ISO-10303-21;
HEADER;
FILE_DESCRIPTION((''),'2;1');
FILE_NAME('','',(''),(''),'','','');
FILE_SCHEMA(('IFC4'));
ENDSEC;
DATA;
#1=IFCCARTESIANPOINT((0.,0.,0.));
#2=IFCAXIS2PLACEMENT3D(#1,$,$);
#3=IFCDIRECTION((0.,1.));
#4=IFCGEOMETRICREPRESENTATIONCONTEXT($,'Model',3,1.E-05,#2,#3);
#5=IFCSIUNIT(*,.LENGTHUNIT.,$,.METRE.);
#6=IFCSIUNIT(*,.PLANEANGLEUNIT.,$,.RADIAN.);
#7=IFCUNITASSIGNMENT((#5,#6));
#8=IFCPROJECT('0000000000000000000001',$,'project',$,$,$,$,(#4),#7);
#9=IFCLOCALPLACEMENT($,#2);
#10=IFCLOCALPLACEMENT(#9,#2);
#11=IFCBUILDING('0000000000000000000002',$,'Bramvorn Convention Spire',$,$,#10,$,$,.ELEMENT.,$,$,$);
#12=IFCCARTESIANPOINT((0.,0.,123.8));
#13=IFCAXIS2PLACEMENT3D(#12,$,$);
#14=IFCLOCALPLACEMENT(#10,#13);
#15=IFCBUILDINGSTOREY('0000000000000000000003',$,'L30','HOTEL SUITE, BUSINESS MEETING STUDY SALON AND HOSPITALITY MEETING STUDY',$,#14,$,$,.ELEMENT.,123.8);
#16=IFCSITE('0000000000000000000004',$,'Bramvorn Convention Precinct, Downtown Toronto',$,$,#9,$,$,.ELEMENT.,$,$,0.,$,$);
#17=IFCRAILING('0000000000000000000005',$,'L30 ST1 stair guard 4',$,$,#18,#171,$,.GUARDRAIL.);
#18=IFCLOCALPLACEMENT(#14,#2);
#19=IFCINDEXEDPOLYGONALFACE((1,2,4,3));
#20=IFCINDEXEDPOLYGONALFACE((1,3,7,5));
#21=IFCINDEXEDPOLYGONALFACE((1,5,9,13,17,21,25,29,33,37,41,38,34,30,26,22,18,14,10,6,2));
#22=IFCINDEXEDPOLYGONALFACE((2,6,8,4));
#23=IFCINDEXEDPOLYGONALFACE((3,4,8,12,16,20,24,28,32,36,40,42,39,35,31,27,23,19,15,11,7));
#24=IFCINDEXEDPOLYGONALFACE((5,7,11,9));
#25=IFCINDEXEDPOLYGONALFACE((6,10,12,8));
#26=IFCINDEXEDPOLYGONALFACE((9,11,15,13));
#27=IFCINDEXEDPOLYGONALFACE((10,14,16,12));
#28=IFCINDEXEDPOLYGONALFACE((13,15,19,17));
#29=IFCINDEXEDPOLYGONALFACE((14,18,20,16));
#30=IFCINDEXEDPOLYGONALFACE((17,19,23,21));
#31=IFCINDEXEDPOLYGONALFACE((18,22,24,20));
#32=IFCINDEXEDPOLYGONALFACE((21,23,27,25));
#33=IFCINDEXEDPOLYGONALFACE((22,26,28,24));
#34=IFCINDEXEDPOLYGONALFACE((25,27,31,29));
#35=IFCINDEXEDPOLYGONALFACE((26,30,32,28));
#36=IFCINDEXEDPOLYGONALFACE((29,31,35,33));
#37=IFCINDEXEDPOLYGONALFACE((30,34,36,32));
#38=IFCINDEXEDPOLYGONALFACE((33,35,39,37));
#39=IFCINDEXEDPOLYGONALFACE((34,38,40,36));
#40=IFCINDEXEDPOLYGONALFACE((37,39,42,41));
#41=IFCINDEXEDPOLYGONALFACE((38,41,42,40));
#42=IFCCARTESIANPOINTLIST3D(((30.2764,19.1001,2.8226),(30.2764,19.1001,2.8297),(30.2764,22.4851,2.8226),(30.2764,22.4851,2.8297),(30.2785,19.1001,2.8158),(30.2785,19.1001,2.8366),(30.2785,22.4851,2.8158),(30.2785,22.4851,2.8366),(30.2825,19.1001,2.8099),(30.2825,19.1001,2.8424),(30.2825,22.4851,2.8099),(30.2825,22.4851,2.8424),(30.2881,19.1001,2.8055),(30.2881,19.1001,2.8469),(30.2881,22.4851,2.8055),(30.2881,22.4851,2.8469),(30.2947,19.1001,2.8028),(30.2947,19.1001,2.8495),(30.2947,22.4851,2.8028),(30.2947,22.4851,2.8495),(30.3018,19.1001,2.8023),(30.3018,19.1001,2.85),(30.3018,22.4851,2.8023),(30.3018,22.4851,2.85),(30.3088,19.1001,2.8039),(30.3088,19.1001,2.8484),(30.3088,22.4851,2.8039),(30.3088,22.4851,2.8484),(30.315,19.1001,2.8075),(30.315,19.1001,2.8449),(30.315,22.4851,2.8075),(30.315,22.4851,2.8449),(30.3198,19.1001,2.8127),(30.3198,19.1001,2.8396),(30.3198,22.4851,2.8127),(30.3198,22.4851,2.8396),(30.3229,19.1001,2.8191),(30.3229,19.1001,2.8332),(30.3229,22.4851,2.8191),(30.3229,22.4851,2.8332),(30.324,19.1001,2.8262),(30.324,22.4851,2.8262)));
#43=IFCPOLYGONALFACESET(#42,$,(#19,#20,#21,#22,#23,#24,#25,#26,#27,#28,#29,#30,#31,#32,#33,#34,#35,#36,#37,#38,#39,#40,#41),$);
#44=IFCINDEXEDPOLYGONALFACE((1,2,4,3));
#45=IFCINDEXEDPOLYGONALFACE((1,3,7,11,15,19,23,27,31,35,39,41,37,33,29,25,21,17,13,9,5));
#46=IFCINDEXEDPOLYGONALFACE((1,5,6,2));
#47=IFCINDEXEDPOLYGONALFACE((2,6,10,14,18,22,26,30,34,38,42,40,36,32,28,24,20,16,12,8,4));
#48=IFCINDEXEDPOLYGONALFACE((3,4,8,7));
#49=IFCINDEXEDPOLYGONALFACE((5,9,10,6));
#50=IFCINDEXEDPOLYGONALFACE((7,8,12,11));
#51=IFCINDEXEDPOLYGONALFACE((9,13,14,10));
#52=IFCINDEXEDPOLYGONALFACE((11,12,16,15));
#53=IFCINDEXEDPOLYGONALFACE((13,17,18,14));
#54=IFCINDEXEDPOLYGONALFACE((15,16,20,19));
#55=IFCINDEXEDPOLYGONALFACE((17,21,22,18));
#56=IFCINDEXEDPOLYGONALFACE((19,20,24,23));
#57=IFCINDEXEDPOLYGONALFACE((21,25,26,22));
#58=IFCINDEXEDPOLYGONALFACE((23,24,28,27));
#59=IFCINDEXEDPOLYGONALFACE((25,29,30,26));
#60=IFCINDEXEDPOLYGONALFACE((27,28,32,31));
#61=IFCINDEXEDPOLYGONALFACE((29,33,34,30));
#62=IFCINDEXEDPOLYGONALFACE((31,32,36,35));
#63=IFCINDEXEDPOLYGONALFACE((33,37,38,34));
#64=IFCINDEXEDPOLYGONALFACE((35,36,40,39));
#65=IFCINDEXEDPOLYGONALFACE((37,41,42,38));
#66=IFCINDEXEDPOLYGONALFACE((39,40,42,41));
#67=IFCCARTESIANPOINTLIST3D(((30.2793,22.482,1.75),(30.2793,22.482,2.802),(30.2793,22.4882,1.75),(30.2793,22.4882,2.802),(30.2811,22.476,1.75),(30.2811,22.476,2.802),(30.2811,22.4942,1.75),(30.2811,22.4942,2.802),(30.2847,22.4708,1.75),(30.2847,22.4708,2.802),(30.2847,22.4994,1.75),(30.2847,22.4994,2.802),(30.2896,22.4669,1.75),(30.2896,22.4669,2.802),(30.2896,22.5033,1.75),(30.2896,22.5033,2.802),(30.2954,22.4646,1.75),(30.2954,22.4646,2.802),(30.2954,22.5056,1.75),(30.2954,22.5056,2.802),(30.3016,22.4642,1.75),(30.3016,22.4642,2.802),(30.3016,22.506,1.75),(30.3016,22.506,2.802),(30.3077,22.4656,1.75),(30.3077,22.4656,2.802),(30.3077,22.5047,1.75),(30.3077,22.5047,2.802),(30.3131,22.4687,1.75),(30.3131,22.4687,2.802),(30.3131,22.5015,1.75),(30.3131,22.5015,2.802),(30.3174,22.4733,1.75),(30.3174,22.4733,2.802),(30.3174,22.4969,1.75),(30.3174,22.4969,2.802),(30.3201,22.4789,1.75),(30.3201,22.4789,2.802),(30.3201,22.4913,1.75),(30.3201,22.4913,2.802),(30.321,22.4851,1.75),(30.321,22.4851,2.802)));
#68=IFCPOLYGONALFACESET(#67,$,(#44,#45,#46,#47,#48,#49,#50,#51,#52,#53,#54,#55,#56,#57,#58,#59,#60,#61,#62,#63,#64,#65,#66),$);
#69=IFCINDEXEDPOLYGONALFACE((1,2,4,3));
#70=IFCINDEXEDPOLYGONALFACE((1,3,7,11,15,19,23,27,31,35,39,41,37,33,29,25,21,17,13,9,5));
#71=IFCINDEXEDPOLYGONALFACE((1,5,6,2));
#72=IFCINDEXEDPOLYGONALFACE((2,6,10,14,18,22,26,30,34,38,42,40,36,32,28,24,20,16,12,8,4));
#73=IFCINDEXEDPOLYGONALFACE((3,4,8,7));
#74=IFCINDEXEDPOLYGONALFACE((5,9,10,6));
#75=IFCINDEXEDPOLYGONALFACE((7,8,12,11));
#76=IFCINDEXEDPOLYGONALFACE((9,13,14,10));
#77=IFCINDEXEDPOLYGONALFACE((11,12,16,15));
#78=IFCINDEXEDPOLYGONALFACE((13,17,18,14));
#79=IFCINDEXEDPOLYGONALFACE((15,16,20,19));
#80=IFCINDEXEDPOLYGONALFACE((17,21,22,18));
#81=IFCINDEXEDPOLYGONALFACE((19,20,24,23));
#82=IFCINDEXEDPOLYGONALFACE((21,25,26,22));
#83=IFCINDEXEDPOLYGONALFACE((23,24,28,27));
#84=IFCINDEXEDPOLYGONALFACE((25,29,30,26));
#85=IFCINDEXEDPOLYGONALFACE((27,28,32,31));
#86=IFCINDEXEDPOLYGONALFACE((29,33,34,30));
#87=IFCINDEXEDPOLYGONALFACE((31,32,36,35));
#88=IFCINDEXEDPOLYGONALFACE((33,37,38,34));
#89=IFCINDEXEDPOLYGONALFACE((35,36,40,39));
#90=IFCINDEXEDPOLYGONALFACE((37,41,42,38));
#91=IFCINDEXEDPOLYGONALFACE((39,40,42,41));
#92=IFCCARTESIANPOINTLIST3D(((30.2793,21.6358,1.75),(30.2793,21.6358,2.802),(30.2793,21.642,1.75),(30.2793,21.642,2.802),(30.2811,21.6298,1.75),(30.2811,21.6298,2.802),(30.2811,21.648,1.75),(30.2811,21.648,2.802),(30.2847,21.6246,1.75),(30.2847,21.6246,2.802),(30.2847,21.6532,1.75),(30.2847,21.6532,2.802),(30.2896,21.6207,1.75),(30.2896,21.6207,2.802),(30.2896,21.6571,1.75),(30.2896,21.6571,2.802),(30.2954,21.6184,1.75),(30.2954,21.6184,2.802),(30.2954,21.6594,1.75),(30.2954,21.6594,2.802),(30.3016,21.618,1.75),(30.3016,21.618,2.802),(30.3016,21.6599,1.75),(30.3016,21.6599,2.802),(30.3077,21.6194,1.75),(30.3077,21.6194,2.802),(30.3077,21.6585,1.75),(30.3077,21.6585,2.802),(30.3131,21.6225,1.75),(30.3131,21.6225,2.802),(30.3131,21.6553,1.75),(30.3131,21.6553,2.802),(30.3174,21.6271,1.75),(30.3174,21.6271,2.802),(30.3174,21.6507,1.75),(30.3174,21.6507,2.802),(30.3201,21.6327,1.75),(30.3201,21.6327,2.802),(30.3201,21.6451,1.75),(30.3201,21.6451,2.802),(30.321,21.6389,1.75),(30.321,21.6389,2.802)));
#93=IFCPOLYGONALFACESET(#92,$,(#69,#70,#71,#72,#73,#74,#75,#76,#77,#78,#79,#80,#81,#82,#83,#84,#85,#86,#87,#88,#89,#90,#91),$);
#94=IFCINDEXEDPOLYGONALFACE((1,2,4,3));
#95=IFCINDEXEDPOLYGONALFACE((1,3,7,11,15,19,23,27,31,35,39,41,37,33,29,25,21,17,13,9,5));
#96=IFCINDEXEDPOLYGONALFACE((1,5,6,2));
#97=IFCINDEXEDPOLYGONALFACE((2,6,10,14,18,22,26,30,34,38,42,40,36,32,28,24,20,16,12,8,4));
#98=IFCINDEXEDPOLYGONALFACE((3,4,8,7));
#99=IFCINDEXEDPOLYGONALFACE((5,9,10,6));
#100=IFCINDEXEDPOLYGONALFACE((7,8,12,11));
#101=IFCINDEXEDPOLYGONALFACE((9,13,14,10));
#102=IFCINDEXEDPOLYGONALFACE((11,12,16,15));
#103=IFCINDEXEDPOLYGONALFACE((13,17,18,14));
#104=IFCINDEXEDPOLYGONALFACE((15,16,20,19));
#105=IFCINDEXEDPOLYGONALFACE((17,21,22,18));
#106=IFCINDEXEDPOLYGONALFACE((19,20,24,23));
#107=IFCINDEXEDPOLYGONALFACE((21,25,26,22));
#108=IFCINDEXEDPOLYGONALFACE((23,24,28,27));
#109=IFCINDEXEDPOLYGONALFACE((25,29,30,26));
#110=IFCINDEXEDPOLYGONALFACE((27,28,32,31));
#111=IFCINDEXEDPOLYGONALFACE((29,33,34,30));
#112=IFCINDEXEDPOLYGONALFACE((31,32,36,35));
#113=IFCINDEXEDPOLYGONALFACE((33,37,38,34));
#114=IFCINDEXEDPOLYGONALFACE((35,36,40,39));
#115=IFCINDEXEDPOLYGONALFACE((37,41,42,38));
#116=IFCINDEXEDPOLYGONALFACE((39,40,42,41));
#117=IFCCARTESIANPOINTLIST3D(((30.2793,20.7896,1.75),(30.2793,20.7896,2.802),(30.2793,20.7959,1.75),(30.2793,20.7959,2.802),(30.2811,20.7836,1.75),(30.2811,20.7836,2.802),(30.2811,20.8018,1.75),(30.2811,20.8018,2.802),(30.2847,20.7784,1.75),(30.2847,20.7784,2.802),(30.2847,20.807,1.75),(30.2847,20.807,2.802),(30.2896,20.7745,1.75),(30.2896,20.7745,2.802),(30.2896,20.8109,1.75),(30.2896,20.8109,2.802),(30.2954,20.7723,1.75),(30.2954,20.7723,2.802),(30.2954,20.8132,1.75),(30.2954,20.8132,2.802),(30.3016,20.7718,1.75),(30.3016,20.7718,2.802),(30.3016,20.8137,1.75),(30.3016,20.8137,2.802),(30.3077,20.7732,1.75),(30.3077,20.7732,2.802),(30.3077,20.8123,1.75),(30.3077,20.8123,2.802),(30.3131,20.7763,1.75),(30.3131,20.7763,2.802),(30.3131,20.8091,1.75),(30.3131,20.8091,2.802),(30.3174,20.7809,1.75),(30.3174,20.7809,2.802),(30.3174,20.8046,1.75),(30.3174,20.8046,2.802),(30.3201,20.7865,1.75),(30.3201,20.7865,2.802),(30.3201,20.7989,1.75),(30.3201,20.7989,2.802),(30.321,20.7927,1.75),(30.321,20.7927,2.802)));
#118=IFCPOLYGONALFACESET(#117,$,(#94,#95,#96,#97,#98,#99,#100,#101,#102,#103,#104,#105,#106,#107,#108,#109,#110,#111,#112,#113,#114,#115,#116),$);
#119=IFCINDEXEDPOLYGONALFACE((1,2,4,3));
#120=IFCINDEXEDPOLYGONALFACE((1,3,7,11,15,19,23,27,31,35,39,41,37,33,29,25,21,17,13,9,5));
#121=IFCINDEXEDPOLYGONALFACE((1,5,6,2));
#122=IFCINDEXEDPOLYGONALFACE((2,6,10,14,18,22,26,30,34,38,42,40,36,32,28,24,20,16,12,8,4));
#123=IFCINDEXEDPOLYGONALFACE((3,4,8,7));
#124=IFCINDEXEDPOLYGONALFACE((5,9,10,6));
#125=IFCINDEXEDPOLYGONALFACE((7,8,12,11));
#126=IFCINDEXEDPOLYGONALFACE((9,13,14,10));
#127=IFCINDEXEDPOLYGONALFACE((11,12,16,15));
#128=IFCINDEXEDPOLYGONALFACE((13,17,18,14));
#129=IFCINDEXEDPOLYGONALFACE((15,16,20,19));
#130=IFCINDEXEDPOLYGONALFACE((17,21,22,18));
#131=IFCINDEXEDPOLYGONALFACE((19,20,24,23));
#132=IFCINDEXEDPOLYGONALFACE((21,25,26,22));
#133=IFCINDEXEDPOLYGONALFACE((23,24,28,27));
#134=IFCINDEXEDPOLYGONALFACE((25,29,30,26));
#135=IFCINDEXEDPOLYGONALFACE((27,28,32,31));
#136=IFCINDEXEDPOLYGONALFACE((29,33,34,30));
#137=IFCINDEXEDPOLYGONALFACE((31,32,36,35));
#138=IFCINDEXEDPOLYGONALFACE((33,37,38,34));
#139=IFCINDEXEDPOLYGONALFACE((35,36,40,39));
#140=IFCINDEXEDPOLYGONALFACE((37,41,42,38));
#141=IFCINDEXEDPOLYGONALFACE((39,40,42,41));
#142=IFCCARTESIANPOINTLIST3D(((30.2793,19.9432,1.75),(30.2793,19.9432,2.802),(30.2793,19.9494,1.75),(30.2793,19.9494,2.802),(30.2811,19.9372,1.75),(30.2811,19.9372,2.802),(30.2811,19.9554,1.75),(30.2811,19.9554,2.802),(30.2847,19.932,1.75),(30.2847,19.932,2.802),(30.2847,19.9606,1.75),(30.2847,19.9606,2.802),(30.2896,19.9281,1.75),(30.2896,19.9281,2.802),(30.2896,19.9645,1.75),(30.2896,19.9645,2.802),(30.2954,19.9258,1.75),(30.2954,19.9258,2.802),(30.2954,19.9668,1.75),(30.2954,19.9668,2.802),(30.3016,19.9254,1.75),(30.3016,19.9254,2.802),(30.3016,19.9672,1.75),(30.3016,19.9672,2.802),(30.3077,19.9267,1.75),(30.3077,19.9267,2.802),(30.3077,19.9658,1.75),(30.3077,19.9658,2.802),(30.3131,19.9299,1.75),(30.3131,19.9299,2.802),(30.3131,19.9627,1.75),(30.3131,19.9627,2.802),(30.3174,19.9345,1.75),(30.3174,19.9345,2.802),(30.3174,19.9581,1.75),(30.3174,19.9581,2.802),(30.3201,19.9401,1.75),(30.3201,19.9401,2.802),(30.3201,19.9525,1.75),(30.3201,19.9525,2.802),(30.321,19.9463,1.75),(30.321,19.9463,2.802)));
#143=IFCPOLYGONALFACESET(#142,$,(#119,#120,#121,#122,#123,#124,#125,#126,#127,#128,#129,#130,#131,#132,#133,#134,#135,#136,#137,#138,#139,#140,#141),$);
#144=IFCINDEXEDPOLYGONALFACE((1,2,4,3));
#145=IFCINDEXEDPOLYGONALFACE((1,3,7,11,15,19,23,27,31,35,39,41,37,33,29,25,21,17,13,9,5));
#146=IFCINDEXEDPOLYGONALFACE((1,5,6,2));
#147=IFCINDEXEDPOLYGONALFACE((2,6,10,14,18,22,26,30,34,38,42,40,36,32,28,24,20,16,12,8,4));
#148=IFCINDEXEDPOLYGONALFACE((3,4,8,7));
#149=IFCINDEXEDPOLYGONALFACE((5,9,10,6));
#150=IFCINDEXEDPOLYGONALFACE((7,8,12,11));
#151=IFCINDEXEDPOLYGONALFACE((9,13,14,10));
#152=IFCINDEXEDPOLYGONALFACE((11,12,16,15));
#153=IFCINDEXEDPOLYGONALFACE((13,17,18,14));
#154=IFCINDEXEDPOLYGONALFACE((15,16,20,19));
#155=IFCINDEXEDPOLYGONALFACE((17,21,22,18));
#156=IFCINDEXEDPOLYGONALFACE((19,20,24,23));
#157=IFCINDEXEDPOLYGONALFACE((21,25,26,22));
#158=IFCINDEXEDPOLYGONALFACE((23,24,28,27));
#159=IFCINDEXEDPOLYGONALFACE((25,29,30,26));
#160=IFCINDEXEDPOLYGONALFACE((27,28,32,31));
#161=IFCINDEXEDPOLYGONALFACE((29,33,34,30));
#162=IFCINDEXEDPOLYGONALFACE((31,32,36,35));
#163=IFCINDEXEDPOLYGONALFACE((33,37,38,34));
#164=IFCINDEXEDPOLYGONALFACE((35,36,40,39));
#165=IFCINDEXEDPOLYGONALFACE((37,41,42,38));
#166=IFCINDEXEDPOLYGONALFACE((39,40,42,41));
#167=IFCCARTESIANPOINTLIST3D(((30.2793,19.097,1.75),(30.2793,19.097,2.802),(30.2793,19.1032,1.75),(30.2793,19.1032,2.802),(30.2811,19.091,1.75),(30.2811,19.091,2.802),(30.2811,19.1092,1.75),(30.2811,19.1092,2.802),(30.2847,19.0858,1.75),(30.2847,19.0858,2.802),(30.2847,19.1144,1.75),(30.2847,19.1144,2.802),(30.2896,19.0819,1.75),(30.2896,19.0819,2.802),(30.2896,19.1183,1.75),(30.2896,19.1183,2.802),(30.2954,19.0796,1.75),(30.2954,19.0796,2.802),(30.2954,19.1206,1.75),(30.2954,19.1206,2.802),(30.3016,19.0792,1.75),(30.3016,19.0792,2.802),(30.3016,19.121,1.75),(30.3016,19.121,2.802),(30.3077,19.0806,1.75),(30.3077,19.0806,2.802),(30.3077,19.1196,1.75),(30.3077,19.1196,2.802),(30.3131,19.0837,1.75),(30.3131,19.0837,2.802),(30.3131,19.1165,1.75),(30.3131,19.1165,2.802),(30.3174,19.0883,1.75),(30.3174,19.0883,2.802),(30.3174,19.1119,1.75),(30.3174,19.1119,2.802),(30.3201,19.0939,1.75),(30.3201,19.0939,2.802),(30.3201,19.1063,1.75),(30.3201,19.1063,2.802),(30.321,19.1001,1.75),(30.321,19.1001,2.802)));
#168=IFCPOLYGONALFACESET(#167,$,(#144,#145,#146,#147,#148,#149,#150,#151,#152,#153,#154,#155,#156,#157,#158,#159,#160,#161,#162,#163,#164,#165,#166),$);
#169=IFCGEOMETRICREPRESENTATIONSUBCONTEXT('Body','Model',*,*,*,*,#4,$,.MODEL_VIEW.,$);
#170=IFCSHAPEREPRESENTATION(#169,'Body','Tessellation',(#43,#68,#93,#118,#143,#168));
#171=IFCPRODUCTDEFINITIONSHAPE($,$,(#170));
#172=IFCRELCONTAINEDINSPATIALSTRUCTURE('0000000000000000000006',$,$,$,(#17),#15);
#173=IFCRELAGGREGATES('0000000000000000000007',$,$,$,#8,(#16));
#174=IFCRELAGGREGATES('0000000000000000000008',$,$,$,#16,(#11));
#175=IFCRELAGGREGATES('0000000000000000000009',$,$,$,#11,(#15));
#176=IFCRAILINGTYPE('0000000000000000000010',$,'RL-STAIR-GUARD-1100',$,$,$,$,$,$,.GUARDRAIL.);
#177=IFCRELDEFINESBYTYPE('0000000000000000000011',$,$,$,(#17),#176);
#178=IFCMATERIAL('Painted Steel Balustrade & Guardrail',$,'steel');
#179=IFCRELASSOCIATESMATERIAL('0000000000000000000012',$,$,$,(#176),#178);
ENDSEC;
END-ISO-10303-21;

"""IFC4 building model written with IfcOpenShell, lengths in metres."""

from ifc_helpers import new_model, si_unit, direction, frame, origin, origin_2d, place, context, subcontext, project, spatial, circle, extrude, material, type_object, element, save


model = new_model("IFC4")

# Units and contexts
model_context = context("Model", 3, precision=1e-05, world=origin(), true_north=direction((0.0, 1.0)))
body_context = subcontext(model_context, "Body", "Model", "MODEL_VIEW")
ifc_project = project(units=[si_unit("LENGTHUNIT", "METRE"), si_unit("PLANEANGLEUNIT", "RADIAN")], contexts=[model_context])

# Site, building, storey
site_placement = place(None, origin())
site = spatial("IfcSite", under=ifc_project, at=site_placement, Name="Bramvorn Convention Precinct, Downtown Toronto", CompositionType="ELEMENT", RefElevation=0.0)
building_placement = place(site_placement, origin())
building = spatial("IfcBuilding", under=site, at=building_placement, Name="Bramvorn Convention Spire", CompositionType="ELEMENT")
storey_placement = place(building_placement, frame((0.0, 0.0, 123.8)))
storey = spatial("IfcBuildingStorey", under=building, at=storey_placement, Name="L30", Description="HOTEL SUITE, BUSINESS MEETING STUDY SALON AND HOSPITALITY MEETING STUDY", CompositionType="ELEMENT", Elevation=123.8)

# Railing
ifc_material_1 = material(Name="Painted Steel Balustrade & Guardrail", Category="steel")
railing_type_1 = type_object("IfcRailingType", Name="RL-STAIR-GUARD-1100", PredefinedType="GUARDRAIL", material=ifc_material_1)
railing_1_placement = place(storey_placement, frame((30.3, 22.4851, 1.75)))
element("IfcRailing", 1, at=railing_1_placement, inside=storey, type_object=railing_type_1, Name="L30 ST1 stair guard 4", PredefinedType="GUARDRAIL", context=body_context, shape_type="SweptSolid", body=[
    extrude(circle(Radius=0.0239, at=origin_2d()), frame((0.0, 0.0, 1.0762), z_axis=(0.0, -1.0, 0.0), x_axis=(1.0, 0.0, 0.0)), (0.0, 0.0, 1.0), 3.385),
    extrude(circle(Radius=0.021, at=origin_2d()), origin(), (0.0, 0.0, 1.0), 1.052),
    extrude(circle(Radius=0.021, at=origin_2d()), frame((0.0, -0.8462, 0.0)), (0.0, 0.0, 1.0), 1.052),
    extrude(circle(Radius=0.021, at=origin_2d()), frame((0.0, -1.6924, 0.0)), (0.0, 0.0, 1.0), 1.052),
    extrude(circle(Radius=0.021, at=origin_2d()), frame((0.0, -2.5388, 0.0)), (0.0, 0.0, 1.0), 1.052),
    extrude(circle(Radius=0.021, at=origin_2d()), frame((0.0, -3.385, 0.0)), (0.0, 0.0, 1.0), 1.052),
])

save(model, "model.ifc")
